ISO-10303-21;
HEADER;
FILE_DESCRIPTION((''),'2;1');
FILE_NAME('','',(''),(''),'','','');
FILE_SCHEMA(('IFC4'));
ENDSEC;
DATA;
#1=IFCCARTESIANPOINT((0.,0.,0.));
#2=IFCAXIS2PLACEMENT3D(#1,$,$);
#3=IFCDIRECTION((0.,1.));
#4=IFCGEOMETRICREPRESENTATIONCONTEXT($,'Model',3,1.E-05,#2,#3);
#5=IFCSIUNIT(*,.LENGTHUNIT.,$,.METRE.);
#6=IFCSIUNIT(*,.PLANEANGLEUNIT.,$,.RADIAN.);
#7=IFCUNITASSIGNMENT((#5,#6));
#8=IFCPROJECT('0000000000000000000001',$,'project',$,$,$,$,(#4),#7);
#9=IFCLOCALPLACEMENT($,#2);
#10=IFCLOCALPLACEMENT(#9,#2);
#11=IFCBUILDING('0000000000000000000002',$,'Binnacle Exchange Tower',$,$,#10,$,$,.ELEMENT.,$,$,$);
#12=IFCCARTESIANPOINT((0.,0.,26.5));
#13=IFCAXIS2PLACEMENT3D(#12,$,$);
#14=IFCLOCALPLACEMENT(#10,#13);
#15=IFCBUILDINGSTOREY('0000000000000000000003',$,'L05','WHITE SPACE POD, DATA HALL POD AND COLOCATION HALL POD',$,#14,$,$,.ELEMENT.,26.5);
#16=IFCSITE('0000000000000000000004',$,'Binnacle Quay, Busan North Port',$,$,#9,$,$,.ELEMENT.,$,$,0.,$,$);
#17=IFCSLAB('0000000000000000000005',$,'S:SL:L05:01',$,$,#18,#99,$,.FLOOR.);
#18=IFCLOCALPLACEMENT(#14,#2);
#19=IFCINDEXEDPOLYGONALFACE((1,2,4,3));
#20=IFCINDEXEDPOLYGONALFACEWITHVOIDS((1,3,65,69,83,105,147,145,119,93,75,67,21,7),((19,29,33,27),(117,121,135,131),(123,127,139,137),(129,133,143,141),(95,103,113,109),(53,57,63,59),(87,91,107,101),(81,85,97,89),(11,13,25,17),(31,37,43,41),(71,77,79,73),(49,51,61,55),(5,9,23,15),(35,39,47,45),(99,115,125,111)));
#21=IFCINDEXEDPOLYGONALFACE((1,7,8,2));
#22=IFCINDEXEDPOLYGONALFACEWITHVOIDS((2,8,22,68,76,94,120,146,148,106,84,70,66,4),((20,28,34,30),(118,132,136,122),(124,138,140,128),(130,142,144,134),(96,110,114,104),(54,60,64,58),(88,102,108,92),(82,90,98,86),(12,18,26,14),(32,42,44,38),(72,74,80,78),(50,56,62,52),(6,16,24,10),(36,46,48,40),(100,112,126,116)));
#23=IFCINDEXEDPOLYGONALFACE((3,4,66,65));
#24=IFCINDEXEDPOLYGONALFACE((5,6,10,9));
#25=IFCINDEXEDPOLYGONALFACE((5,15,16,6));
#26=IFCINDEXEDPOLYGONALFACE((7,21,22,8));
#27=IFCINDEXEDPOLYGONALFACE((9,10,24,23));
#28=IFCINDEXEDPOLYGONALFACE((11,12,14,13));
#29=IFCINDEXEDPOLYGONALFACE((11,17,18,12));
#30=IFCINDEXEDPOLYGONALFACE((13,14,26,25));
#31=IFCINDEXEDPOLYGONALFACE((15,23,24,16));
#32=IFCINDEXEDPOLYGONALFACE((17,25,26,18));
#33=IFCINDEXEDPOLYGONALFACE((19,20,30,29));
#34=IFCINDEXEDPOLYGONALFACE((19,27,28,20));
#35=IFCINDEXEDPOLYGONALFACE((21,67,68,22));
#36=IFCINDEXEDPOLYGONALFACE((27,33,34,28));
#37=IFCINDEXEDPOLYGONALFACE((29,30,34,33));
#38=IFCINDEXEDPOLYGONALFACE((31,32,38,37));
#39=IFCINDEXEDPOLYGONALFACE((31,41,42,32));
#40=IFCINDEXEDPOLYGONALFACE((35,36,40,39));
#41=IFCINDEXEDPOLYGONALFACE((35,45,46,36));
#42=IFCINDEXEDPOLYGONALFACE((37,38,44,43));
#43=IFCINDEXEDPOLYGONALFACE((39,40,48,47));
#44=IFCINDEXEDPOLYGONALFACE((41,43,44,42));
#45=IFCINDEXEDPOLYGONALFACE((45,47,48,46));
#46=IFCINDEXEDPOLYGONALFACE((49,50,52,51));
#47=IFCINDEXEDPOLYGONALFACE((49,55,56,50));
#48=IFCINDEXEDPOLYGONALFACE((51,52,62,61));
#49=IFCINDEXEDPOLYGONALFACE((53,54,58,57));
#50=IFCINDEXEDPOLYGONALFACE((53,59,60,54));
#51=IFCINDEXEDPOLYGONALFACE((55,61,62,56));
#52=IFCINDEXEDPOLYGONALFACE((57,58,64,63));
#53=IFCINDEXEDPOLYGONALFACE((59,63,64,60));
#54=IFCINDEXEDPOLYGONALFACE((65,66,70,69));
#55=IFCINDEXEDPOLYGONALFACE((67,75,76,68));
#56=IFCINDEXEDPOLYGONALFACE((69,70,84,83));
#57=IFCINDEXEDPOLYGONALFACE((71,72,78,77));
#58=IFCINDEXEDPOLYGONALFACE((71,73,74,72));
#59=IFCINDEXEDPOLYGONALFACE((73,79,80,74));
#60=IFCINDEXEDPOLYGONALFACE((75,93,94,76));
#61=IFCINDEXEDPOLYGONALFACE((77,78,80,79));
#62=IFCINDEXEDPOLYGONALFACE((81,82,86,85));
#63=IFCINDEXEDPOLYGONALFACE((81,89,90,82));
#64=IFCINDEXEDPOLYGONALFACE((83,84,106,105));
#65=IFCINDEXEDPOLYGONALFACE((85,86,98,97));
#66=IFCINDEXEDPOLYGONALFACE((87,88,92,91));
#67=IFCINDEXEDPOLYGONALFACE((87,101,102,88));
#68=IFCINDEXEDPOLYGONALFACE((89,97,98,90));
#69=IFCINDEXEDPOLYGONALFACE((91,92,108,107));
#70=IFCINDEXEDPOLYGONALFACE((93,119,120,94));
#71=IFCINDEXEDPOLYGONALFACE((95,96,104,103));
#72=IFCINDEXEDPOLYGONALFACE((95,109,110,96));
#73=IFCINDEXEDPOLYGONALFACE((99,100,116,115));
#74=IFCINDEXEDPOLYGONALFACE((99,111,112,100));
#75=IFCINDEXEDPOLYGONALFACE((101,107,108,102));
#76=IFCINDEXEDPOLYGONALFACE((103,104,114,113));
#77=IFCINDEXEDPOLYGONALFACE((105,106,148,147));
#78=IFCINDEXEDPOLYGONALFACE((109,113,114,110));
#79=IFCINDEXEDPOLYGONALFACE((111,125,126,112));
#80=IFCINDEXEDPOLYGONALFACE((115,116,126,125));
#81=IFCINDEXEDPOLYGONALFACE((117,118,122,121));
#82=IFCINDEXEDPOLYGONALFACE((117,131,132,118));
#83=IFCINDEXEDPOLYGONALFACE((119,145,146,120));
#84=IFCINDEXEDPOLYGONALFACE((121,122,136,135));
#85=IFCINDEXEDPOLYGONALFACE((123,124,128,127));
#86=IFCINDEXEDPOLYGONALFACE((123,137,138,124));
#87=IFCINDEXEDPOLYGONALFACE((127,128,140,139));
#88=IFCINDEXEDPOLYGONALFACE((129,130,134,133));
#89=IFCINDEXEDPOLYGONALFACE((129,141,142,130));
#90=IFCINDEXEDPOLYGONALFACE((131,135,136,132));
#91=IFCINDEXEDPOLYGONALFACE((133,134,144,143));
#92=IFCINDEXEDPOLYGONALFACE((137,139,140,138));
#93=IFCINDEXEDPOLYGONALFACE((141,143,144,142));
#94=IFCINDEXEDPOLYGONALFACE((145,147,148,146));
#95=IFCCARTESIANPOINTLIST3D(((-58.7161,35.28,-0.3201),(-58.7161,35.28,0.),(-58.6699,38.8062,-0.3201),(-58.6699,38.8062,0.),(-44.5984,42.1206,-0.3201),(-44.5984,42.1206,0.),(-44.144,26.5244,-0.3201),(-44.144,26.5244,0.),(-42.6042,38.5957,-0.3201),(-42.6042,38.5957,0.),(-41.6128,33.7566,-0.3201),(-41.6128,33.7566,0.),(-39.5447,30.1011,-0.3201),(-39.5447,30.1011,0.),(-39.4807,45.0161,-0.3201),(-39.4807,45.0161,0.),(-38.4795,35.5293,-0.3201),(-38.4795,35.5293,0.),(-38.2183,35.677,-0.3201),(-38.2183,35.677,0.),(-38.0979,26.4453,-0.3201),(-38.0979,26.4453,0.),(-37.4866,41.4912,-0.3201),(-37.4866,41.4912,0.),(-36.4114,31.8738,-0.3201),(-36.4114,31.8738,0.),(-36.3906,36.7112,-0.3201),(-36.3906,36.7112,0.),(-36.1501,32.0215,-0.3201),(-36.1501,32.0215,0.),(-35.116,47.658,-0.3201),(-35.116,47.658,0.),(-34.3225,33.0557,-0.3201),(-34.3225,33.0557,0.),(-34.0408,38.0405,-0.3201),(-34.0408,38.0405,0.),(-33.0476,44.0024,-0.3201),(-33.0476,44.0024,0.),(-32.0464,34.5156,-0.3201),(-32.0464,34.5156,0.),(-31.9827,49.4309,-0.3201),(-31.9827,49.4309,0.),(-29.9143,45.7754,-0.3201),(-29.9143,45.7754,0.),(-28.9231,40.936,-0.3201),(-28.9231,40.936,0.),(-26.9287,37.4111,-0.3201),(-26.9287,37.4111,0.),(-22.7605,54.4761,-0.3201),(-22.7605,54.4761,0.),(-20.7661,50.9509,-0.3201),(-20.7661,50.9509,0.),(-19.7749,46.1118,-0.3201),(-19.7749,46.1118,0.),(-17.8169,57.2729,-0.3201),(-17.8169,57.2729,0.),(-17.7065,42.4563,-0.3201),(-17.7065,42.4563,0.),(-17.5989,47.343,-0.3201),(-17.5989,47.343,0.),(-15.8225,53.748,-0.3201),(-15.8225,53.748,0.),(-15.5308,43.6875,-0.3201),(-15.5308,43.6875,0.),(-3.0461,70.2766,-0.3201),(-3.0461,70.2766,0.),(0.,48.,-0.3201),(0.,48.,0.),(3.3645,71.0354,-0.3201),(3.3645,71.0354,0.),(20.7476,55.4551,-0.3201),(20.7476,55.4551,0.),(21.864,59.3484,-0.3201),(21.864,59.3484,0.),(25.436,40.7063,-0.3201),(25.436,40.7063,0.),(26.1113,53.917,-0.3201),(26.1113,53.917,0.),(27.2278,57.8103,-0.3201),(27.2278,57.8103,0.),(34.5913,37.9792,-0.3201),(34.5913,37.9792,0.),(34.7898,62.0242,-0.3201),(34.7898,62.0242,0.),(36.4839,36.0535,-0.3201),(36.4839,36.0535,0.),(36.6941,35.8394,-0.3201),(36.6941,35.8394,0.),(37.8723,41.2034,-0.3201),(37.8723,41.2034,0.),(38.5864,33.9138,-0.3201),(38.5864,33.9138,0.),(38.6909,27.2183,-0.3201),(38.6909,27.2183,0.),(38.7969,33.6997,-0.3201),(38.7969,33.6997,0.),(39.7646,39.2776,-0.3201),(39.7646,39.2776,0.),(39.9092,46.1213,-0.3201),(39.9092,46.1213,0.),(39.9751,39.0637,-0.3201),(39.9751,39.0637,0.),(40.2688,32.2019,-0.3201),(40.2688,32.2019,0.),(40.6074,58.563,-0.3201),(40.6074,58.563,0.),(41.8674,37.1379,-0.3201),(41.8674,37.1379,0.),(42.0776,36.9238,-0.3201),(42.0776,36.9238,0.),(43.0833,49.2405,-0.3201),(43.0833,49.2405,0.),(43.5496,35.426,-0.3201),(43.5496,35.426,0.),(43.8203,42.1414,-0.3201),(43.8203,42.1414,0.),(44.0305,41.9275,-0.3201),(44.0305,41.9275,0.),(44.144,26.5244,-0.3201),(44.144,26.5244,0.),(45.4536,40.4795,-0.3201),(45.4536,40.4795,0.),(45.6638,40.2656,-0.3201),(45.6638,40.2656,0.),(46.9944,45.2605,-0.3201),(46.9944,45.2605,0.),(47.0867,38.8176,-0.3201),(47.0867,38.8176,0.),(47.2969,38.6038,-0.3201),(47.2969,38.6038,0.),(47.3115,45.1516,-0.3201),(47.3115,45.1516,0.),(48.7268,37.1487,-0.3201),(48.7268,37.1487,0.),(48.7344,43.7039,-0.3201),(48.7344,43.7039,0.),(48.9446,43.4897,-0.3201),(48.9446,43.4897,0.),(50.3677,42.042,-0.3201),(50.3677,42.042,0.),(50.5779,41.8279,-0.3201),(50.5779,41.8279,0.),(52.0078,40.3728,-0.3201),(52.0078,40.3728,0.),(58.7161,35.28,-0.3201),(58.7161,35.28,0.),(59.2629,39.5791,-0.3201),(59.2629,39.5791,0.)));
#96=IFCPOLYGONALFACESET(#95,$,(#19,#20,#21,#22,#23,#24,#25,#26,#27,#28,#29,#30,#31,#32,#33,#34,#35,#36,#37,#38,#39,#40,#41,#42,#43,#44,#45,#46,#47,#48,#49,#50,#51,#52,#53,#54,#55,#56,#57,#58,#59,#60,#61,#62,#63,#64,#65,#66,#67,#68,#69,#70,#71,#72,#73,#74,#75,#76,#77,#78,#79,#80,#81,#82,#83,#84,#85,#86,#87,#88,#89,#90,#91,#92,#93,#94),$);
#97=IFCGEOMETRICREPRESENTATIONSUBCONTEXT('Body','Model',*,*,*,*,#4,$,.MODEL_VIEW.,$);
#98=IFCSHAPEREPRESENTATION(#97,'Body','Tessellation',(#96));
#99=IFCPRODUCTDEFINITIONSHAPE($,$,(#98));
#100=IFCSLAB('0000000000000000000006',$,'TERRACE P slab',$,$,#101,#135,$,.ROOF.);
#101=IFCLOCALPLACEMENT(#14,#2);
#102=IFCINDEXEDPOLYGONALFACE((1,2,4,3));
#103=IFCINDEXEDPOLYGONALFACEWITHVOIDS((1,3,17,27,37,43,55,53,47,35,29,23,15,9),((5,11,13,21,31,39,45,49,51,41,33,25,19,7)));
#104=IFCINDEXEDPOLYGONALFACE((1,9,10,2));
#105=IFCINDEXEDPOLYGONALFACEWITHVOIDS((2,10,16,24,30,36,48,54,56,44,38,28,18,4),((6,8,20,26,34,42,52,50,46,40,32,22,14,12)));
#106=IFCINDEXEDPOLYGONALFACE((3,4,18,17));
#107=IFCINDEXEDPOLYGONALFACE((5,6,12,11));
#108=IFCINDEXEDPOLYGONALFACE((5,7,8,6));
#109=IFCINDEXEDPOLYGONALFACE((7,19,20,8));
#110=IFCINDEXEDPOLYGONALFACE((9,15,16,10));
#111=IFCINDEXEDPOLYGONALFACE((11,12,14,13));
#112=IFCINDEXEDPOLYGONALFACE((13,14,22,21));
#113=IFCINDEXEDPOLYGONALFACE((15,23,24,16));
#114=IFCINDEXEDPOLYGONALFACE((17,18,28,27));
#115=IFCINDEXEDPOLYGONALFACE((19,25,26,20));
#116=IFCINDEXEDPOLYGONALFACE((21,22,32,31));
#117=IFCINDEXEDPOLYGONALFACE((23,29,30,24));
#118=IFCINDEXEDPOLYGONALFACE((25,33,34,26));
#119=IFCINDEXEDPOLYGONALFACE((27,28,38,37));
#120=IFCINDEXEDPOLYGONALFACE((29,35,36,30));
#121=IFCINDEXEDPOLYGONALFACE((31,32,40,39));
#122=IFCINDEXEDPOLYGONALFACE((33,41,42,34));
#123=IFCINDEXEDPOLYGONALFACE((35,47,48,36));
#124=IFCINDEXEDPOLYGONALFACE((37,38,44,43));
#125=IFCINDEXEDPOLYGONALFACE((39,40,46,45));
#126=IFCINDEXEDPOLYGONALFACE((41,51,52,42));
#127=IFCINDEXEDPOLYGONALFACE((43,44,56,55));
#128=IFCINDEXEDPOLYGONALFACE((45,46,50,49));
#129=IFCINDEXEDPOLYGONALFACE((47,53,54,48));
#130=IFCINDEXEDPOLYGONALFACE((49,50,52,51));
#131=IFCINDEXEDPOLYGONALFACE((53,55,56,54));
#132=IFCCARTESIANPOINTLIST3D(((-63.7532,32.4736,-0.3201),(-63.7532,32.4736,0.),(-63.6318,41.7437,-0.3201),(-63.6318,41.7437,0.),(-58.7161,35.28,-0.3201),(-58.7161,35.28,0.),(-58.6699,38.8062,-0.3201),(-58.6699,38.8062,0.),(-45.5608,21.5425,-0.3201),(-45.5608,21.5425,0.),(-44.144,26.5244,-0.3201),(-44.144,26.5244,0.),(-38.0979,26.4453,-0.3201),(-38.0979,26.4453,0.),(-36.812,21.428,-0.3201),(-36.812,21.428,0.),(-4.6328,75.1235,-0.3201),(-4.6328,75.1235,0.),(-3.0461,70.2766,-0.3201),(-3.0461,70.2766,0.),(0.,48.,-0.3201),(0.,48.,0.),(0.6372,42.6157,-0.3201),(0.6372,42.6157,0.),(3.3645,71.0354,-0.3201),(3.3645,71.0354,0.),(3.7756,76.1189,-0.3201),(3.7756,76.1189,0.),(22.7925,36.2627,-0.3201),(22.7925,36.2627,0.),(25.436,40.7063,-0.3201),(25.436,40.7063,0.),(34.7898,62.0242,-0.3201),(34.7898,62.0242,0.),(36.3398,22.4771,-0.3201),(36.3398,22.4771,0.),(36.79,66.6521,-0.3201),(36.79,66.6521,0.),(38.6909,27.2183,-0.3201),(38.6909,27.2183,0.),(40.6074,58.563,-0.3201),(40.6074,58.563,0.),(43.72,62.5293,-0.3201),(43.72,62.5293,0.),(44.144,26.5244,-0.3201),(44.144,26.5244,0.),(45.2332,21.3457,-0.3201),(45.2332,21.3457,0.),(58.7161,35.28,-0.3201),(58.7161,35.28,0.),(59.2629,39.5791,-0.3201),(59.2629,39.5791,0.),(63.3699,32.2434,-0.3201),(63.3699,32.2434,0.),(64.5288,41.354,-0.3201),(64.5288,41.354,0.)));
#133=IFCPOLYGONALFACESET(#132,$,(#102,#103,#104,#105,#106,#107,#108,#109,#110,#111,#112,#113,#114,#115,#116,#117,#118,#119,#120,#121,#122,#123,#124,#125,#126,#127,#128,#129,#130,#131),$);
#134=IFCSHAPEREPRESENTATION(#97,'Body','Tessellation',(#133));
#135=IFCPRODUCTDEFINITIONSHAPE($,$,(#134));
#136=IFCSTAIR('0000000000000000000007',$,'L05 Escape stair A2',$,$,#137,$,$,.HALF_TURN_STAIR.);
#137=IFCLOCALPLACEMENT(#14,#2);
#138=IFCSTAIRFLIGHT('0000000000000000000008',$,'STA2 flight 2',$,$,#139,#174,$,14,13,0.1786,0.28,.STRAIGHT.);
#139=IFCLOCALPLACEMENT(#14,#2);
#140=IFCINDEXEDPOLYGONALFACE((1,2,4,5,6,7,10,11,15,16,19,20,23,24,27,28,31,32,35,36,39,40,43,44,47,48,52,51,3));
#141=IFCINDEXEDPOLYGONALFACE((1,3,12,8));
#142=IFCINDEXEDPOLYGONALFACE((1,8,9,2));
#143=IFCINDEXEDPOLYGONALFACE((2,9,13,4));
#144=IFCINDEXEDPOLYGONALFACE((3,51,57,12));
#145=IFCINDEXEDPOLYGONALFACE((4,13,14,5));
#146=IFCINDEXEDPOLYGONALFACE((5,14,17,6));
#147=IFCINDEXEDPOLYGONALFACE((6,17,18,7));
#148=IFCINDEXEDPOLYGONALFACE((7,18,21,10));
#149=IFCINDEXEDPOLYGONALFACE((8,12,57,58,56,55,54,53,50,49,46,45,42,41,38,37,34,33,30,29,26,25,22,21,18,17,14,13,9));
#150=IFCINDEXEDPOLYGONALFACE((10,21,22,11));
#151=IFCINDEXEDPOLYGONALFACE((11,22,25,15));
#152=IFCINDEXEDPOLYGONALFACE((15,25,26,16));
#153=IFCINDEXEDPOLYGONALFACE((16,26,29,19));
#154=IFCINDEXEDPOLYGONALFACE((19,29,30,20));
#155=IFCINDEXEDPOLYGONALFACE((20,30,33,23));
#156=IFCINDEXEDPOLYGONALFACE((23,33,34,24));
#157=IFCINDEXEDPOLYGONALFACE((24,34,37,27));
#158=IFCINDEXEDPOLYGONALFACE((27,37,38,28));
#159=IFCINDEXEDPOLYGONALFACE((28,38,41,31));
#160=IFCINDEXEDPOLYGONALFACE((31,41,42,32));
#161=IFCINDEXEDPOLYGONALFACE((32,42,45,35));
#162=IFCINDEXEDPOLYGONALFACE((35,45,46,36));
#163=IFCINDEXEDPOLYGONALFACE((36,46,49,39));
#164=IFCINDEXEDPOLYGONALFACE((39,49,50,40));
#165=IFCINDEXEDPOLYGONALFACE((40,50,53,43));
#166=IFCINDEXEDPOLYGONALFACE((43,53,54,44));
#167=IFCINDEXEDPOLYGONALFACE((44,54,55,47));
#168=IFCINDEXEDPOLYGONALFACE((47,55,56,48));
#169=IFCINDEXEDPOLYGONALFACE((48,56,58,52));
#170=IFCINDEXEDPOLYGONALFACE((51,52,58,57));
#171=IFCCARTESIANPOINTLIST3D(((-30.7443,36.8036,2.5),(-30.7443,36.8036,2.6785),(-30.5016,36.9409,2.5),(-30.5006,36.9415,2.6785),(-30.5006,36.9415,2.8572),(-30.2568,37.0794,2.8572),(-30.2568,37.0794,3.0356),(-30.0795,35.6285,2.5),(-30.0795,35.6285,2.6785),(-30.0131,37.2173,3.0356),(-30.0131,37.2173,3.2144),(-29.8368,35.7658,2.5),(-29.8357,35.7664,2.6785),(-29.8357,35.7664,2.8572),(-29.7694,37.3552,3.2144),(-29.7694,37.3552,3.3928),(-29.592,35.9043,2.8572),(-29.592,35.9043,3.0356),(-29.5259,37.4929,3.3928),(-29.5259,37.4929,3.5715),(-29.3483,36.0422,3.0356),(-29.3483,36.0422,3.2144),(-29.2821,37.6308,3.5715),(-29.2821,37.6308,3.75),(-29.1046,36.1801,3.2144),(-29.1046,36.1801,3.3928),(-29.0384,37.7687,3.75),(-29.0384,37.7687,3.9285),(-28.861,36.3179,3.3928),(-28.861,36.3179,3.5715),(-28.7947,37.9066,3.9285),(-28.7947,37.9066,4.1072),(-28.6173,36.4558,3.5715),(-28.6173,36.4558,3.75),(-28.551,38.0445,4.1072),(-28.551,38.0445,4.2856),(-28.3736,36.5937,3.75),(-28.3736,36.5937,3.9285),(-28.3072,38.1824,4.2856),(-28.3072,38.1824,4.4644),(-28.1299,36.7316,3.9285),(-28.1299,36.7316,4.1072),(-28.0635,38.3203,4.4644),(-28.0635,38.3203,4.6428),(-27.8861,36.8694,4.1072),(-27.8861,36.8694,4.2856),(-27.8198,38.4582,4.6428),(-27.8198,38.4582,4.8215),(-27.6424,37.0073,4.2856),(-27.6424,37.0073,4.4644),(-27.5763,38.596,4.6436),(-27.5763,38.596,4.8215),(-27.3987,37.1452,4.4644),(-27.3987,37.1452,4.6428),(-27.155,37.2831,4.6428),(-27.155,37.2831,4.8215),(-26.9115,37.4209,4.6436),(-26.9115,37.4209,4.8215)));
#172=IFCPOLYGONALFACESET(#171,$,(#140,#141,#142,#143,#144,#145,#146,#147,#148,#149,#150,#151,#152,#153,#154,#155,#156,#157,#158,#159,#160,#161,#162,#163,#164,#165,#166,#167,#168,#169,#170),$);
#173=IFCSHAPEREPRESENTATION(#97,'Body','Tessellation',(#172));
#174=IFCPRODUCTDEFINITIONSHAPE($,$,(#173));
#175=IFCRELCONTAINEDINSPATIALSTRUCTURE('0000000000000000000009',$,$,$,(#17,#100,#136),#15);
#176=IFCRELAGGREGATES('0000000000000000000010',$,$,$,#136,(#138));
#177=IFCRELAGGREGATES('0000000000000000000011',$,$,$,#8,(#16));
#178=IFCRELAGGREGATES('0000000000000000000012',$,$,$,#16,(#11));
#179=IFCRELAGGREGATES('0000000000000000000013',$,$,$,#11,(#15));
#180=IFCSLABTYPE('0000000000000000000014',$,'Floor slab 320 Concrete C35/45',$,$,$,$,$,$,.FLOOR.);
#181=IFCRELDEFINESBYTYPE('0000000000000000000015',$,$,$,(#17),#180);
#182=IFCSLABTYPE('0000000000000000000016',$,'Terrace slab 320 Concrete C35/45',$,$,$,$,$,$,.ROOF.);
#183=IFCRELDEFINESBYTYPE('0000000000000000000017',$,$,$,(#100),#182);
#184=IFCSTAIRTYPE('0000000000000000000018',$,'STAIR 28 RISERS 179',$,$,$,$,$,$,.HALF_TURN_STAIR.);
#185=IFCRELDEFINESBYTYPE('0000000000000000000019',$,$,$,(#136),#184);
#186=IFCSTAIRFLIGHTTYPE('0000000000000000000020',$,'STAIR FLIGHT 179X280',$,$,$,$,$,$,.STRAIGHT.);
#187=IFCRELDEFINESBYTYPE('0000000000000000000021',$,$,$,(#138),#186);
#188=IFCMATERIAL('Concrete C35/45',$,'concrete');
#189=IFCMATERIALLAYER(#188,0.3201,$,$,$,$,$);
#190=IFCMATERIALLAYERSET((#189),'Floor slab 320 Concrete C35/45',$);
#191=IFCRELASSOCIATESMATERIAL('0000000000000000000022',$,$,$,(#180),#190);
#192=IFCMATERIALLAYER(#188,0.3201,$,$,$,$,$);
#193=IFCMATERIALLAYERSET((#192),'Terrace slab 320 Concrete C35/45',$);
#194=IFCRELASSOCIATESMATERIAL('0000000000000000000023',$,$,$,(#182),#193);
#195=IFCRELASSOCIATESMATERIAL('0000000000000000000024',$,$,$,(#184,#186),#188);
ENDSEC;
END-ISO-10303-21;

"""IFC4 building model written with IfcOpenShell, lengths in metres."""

from ifc_helpers import new_model, si_unit, direction, frame, origin, place, context, subcontext, project, spatial, polyline, outline, extrude, material, layer, layer_set, type_object, element, aggregate, save


model = new_model("IFC4")

# Units and contexts
model_context = context("Model", 3, precision=1e-05, world=origin(), true_north=direction((0.0, 1.0)))
body_context = subcontext(model_context, "Body", "Model", "MODEL_VIEW")
ifc_project = project(units=[si_unit("LENGTHUNIT", "METRE"), si_unit("PLANEANGLEUNIT", "RADIAN")], contexts=[model_context])

# Site, building, storey
site_placement = place(None, origin())
site = spatial("IfcSite", under=ifc_project, at=site_placement, Name="Binnacle Quay, Busan North Port", CompositionType="ELEMENT", RefElevation=0.0)
building_placement = place(site_placement, origin())
building = spatial("IfcBuilding", under=site, at=building_placement, Name="Binnacle Exchange Tower", CompositionType="ELEMENT")
storey_placement = place(building_placement, frame((0.0, 0.0, 26.5)))
storey = spatial("IfcBuildingStorey", under=building, at=storey_placement, Name="L05", Description="WHITE SPACE POD, DATA HALL POD AND COLOCATION HALL POD", CompositionType="ELEMENT", Elevation=26.5)

# Slabs
ifc_material_1 = material(Name="Concrete C35/45", Category="concrete")
ifc_layer_1 = layer(ifc_material_1, 0.3201)
ifc_layer_set_1 = layer_set([ifc_layer_1], Name="Floor slab 320 Concrete C35/45")
slab_type_1 = type_object("IfcSlabType", Name="Floor slab 320 Concrete C35/45", PredefinedType="FLOOR", material=ifc_layer_set_1)
slab_1_placement = place(storey_placement, frame((0.0, 0.0, -0.3201)))
element("IfcSlab", 1, at=slab_1_placement, inside=storey, type_object=slab_type_1, Name="S:SL:L05:01", PredefinedType="FLOOR", context=body_context, shape_type="SweptSolid", body=[
    extrude(outline(polyline([(59.2629, 39.5791), (58.7161, 35.28), (44.144, 26.5244), (38.6909, 27.2183), (25.436, 40.7063), (0.0, 48.0), (-38.0979, 26.4453), (-44.144, 26.5244), (-58.7161, 35.28), (-58.6699, 38.8062), (-3.0461, 70.2766), (3.3645, 71.0354), (34.7898, 62.0242), (40.6074, 58.563), (59.2629, 39.5791)]), holes=[polyline([(-38.4795, 35.5293), (-41.6128, 33.7566), (-39.5447, 30.1011), (-36.4114, 31.8738), (-38.4795, 35.5293)]), polyline([(-34.3225, 33.0557), (-36.3906, 36.7112), (-38.2183, 35.677), (-36.1501, 32.0215), (-34.3225, 33.0557)]), polyline([(-34.0408, 38.0405), (-32.0464, 34.5156), (-26.9287, 37.4111), (-28.9231, 40.936), (-34.0408, 38.0405)]), polyline([(-37.4866, 41.4912), (-39.4807, 45.0161), (-44.5984, 42.1206), (-42.6042, 38.5957), (-37.4866, 41.4912)]), polyline([(-15.5308, 43.6875), (-17.5989, 47.343), (-19.7749, 46.1118), (-17.7065, 42.4563), (-15.5308, 43.6875)]), polyline([(-29.9143, 45.7754), (-31.9827, 49.4309), (-35.116, 47.658), (-33.0476, 44.0024), (-29.9143, 45.7754)]), polyline([(-15.8225, 53.748), (-17.8169, 57.2729), (-22.7605, 54.4761), (-20.7661, 50.9509), (-15.8225, 53.748)]), polyline([(26.1113, 53.917), (27.2278, 57.8103), (21.864, 59.3484), (20.7476, 55.4551), (26.1113, 53.917)]), polyline([(40.2688, 32.2019), (43.5496, 35.426), (42.0776, 36.9238), (38.7969, 33.6997), (40.2688, 32.2019)]), polyline([(38.5864, 33.9138), (41.8674, 37.1379), (39.9751, 39.0637), (36.6941, 35.8394), (38.5864, 33.9138)]), polyline([(36.4839, 36.0535), (39.7646, 39.2776), (37.8723, 41.2034), (34.5913, 37.9792), (36.4839, 36.0535)]), polyline([(48.7268, 37.1487), (52.0078, 40.3728), (50.5779, 41.8279), (47.2969, 38.6038), (48.7268, 37.1487)]), polyline([(47.0867, 38.8176), (50.3677, 42.042), (48.9446, 43.4897), (45.6638, 40.2656), (47.0867, 38.8176)]), polyline([(45.4536, 40.4795), (48.7344, 43.7039), (47.3115, 45.1516), (44.0305, 41.9275), (45.4536, 40.4795)]), polyline([(43.8203, 42.1414), (46.9944, 45.2605), (43.0833, 49.2405), (39.9092, 46.1213), (43.8203, 42.1414)])]), origin(), (0.0, 0.0, 1.0), 0.3201),
])
ifc_layer_2 = layer(ifc_material_1, 0.3201)
ifc_layer_set_2 = layer_set([ifc_layer_2], Name="Terrace slab 320 Concrete C35/45")
slab_type_2 = type_object("IfcSlabType", Name="Terrace slab 320 Concrete C35/45", PredefinedType="ROOF", material=ifc_layer_set_2)
slab_2_placement = place(storey_placement, frame((0.0, 0.0, -0.3201)))
element("IfcSlab", 2, at=slab_2_placement, inside=storey, type_object=slab_type_2, Name="TERRACE P slab", PredefinedType="ROOF", context=body_context, shape_type="SweptSolid", body=[
    extrude(outline(polyline([(64.5288, 41.354), (63.3699, 32.2434), (45.2332, 21.3457), (36.3398, 22.4771), (22.7925, 36.2627), (0.6372, 42.6157), (-36.812, 21.428), (-45.5608, 21.5425), (-63.7532, 32.4736), (-63.6318, 41.7437), (-4.6328, 75.1235), (3.7756, 76.1189), (36.79, 66.6521), (43.72, 62.5293), (64.5288, 41.354)]), holes=[polyline([(34.7898, 62.0242), (3.3645, 71.0354), (-3.0461, 70.2766), (-58.6699, 38.8062), (-58.7161, 35.28), (-44.144, 26.5244), (-38.0979, 26.4453), (0.0, 48.0), (25.436, 40.7063), (38.6909, 27.2183), (44.144, 26.5244), (58.7161, 35.28), (59.2629, 39.5791), (40.6074, 58.563), (34.7898, 62.0242)])]), origin(), (0.0, 0.0, 1.0), 0.3201),
])

# Stair, stair flight
stair_type = type_object("IfcStairType", Name="STAIR 28 RISERS 179", PredefinedType="HALF_TURN_STAIR", material=ifc_material_1)
stair_placement = place(storey_placement, origin())
stair = element("IfcStair", 3, at=stair_placement, inside=storey, type_object=stair_type, Name="L05 Escape stair A2", PredefinedType="HALF_TURN_STAIR")
stair_flight_type = type_object("IfcStairFlightType", Name="STAIR FLIGHT 179X280", PredefinedType="STRAIGHT", material=ifc_material_1)
stair_flight_placement = place(storey_placement, frame((-30.4119, 36.2161, 2.5), z_axis=(0.0, 0.0, 1.0), x_axis=(0.870356, 0.492424, 0.0)))
stair_flight = element("IfcStairFlight", 4, at=stair_flight_placement, type_object=stair_flight_type, Name="STA2 flight 2", NumberOfRisers=14, NumberOfTreads=13, PredefinedType="STRAIGHT", RiserHeight=0.1786, TreadLength=0.28, context=body_context, shape_type="SweptSolid", body=[
    extrude(outline(polyline([(0.0, 0.0), (0.0, 0.1785), (0.28, 0.1785), (0.28, 0.3572), (0.5601, 0.3572), (0.5601, 0.5356), (0.8401, 0.5356), (0.8401, 0.7144), (1.1201, 0.7144), (1.1201, 0.8928), (1.3999, 0.8928), (1.3999, 1.0715), (1.6799, 1.0715), (1.6799, 1.25), (1.96, 1.25), (1.96, 1.4285), (2.24, 1.4285), (2.24, 1.6072), (2.52, 1.6072), (2.52, 1.7856), (2.8, 1.7856), (2.8, 1.9644), (3.0801, 1.9644), (3.0801, 2.1428), (3.3601, 2.1428), (3.3601, 2.3215), (3.6399, 2.3215), (3.6399, 2.5), (3.6399, 2.1436), (0.2788, 0.0), (0.0, 0.0)])), frame((0.0, 0.675, 0.0), z_axis=(0.0, -1.0, 0.0), x_axis=(1.0, 0.0, 0.0)), (0.0, 0.0, 1.0), 1.3501),
])
aggregate(stair, [stair_flight])

save(model, "model.ifc")
